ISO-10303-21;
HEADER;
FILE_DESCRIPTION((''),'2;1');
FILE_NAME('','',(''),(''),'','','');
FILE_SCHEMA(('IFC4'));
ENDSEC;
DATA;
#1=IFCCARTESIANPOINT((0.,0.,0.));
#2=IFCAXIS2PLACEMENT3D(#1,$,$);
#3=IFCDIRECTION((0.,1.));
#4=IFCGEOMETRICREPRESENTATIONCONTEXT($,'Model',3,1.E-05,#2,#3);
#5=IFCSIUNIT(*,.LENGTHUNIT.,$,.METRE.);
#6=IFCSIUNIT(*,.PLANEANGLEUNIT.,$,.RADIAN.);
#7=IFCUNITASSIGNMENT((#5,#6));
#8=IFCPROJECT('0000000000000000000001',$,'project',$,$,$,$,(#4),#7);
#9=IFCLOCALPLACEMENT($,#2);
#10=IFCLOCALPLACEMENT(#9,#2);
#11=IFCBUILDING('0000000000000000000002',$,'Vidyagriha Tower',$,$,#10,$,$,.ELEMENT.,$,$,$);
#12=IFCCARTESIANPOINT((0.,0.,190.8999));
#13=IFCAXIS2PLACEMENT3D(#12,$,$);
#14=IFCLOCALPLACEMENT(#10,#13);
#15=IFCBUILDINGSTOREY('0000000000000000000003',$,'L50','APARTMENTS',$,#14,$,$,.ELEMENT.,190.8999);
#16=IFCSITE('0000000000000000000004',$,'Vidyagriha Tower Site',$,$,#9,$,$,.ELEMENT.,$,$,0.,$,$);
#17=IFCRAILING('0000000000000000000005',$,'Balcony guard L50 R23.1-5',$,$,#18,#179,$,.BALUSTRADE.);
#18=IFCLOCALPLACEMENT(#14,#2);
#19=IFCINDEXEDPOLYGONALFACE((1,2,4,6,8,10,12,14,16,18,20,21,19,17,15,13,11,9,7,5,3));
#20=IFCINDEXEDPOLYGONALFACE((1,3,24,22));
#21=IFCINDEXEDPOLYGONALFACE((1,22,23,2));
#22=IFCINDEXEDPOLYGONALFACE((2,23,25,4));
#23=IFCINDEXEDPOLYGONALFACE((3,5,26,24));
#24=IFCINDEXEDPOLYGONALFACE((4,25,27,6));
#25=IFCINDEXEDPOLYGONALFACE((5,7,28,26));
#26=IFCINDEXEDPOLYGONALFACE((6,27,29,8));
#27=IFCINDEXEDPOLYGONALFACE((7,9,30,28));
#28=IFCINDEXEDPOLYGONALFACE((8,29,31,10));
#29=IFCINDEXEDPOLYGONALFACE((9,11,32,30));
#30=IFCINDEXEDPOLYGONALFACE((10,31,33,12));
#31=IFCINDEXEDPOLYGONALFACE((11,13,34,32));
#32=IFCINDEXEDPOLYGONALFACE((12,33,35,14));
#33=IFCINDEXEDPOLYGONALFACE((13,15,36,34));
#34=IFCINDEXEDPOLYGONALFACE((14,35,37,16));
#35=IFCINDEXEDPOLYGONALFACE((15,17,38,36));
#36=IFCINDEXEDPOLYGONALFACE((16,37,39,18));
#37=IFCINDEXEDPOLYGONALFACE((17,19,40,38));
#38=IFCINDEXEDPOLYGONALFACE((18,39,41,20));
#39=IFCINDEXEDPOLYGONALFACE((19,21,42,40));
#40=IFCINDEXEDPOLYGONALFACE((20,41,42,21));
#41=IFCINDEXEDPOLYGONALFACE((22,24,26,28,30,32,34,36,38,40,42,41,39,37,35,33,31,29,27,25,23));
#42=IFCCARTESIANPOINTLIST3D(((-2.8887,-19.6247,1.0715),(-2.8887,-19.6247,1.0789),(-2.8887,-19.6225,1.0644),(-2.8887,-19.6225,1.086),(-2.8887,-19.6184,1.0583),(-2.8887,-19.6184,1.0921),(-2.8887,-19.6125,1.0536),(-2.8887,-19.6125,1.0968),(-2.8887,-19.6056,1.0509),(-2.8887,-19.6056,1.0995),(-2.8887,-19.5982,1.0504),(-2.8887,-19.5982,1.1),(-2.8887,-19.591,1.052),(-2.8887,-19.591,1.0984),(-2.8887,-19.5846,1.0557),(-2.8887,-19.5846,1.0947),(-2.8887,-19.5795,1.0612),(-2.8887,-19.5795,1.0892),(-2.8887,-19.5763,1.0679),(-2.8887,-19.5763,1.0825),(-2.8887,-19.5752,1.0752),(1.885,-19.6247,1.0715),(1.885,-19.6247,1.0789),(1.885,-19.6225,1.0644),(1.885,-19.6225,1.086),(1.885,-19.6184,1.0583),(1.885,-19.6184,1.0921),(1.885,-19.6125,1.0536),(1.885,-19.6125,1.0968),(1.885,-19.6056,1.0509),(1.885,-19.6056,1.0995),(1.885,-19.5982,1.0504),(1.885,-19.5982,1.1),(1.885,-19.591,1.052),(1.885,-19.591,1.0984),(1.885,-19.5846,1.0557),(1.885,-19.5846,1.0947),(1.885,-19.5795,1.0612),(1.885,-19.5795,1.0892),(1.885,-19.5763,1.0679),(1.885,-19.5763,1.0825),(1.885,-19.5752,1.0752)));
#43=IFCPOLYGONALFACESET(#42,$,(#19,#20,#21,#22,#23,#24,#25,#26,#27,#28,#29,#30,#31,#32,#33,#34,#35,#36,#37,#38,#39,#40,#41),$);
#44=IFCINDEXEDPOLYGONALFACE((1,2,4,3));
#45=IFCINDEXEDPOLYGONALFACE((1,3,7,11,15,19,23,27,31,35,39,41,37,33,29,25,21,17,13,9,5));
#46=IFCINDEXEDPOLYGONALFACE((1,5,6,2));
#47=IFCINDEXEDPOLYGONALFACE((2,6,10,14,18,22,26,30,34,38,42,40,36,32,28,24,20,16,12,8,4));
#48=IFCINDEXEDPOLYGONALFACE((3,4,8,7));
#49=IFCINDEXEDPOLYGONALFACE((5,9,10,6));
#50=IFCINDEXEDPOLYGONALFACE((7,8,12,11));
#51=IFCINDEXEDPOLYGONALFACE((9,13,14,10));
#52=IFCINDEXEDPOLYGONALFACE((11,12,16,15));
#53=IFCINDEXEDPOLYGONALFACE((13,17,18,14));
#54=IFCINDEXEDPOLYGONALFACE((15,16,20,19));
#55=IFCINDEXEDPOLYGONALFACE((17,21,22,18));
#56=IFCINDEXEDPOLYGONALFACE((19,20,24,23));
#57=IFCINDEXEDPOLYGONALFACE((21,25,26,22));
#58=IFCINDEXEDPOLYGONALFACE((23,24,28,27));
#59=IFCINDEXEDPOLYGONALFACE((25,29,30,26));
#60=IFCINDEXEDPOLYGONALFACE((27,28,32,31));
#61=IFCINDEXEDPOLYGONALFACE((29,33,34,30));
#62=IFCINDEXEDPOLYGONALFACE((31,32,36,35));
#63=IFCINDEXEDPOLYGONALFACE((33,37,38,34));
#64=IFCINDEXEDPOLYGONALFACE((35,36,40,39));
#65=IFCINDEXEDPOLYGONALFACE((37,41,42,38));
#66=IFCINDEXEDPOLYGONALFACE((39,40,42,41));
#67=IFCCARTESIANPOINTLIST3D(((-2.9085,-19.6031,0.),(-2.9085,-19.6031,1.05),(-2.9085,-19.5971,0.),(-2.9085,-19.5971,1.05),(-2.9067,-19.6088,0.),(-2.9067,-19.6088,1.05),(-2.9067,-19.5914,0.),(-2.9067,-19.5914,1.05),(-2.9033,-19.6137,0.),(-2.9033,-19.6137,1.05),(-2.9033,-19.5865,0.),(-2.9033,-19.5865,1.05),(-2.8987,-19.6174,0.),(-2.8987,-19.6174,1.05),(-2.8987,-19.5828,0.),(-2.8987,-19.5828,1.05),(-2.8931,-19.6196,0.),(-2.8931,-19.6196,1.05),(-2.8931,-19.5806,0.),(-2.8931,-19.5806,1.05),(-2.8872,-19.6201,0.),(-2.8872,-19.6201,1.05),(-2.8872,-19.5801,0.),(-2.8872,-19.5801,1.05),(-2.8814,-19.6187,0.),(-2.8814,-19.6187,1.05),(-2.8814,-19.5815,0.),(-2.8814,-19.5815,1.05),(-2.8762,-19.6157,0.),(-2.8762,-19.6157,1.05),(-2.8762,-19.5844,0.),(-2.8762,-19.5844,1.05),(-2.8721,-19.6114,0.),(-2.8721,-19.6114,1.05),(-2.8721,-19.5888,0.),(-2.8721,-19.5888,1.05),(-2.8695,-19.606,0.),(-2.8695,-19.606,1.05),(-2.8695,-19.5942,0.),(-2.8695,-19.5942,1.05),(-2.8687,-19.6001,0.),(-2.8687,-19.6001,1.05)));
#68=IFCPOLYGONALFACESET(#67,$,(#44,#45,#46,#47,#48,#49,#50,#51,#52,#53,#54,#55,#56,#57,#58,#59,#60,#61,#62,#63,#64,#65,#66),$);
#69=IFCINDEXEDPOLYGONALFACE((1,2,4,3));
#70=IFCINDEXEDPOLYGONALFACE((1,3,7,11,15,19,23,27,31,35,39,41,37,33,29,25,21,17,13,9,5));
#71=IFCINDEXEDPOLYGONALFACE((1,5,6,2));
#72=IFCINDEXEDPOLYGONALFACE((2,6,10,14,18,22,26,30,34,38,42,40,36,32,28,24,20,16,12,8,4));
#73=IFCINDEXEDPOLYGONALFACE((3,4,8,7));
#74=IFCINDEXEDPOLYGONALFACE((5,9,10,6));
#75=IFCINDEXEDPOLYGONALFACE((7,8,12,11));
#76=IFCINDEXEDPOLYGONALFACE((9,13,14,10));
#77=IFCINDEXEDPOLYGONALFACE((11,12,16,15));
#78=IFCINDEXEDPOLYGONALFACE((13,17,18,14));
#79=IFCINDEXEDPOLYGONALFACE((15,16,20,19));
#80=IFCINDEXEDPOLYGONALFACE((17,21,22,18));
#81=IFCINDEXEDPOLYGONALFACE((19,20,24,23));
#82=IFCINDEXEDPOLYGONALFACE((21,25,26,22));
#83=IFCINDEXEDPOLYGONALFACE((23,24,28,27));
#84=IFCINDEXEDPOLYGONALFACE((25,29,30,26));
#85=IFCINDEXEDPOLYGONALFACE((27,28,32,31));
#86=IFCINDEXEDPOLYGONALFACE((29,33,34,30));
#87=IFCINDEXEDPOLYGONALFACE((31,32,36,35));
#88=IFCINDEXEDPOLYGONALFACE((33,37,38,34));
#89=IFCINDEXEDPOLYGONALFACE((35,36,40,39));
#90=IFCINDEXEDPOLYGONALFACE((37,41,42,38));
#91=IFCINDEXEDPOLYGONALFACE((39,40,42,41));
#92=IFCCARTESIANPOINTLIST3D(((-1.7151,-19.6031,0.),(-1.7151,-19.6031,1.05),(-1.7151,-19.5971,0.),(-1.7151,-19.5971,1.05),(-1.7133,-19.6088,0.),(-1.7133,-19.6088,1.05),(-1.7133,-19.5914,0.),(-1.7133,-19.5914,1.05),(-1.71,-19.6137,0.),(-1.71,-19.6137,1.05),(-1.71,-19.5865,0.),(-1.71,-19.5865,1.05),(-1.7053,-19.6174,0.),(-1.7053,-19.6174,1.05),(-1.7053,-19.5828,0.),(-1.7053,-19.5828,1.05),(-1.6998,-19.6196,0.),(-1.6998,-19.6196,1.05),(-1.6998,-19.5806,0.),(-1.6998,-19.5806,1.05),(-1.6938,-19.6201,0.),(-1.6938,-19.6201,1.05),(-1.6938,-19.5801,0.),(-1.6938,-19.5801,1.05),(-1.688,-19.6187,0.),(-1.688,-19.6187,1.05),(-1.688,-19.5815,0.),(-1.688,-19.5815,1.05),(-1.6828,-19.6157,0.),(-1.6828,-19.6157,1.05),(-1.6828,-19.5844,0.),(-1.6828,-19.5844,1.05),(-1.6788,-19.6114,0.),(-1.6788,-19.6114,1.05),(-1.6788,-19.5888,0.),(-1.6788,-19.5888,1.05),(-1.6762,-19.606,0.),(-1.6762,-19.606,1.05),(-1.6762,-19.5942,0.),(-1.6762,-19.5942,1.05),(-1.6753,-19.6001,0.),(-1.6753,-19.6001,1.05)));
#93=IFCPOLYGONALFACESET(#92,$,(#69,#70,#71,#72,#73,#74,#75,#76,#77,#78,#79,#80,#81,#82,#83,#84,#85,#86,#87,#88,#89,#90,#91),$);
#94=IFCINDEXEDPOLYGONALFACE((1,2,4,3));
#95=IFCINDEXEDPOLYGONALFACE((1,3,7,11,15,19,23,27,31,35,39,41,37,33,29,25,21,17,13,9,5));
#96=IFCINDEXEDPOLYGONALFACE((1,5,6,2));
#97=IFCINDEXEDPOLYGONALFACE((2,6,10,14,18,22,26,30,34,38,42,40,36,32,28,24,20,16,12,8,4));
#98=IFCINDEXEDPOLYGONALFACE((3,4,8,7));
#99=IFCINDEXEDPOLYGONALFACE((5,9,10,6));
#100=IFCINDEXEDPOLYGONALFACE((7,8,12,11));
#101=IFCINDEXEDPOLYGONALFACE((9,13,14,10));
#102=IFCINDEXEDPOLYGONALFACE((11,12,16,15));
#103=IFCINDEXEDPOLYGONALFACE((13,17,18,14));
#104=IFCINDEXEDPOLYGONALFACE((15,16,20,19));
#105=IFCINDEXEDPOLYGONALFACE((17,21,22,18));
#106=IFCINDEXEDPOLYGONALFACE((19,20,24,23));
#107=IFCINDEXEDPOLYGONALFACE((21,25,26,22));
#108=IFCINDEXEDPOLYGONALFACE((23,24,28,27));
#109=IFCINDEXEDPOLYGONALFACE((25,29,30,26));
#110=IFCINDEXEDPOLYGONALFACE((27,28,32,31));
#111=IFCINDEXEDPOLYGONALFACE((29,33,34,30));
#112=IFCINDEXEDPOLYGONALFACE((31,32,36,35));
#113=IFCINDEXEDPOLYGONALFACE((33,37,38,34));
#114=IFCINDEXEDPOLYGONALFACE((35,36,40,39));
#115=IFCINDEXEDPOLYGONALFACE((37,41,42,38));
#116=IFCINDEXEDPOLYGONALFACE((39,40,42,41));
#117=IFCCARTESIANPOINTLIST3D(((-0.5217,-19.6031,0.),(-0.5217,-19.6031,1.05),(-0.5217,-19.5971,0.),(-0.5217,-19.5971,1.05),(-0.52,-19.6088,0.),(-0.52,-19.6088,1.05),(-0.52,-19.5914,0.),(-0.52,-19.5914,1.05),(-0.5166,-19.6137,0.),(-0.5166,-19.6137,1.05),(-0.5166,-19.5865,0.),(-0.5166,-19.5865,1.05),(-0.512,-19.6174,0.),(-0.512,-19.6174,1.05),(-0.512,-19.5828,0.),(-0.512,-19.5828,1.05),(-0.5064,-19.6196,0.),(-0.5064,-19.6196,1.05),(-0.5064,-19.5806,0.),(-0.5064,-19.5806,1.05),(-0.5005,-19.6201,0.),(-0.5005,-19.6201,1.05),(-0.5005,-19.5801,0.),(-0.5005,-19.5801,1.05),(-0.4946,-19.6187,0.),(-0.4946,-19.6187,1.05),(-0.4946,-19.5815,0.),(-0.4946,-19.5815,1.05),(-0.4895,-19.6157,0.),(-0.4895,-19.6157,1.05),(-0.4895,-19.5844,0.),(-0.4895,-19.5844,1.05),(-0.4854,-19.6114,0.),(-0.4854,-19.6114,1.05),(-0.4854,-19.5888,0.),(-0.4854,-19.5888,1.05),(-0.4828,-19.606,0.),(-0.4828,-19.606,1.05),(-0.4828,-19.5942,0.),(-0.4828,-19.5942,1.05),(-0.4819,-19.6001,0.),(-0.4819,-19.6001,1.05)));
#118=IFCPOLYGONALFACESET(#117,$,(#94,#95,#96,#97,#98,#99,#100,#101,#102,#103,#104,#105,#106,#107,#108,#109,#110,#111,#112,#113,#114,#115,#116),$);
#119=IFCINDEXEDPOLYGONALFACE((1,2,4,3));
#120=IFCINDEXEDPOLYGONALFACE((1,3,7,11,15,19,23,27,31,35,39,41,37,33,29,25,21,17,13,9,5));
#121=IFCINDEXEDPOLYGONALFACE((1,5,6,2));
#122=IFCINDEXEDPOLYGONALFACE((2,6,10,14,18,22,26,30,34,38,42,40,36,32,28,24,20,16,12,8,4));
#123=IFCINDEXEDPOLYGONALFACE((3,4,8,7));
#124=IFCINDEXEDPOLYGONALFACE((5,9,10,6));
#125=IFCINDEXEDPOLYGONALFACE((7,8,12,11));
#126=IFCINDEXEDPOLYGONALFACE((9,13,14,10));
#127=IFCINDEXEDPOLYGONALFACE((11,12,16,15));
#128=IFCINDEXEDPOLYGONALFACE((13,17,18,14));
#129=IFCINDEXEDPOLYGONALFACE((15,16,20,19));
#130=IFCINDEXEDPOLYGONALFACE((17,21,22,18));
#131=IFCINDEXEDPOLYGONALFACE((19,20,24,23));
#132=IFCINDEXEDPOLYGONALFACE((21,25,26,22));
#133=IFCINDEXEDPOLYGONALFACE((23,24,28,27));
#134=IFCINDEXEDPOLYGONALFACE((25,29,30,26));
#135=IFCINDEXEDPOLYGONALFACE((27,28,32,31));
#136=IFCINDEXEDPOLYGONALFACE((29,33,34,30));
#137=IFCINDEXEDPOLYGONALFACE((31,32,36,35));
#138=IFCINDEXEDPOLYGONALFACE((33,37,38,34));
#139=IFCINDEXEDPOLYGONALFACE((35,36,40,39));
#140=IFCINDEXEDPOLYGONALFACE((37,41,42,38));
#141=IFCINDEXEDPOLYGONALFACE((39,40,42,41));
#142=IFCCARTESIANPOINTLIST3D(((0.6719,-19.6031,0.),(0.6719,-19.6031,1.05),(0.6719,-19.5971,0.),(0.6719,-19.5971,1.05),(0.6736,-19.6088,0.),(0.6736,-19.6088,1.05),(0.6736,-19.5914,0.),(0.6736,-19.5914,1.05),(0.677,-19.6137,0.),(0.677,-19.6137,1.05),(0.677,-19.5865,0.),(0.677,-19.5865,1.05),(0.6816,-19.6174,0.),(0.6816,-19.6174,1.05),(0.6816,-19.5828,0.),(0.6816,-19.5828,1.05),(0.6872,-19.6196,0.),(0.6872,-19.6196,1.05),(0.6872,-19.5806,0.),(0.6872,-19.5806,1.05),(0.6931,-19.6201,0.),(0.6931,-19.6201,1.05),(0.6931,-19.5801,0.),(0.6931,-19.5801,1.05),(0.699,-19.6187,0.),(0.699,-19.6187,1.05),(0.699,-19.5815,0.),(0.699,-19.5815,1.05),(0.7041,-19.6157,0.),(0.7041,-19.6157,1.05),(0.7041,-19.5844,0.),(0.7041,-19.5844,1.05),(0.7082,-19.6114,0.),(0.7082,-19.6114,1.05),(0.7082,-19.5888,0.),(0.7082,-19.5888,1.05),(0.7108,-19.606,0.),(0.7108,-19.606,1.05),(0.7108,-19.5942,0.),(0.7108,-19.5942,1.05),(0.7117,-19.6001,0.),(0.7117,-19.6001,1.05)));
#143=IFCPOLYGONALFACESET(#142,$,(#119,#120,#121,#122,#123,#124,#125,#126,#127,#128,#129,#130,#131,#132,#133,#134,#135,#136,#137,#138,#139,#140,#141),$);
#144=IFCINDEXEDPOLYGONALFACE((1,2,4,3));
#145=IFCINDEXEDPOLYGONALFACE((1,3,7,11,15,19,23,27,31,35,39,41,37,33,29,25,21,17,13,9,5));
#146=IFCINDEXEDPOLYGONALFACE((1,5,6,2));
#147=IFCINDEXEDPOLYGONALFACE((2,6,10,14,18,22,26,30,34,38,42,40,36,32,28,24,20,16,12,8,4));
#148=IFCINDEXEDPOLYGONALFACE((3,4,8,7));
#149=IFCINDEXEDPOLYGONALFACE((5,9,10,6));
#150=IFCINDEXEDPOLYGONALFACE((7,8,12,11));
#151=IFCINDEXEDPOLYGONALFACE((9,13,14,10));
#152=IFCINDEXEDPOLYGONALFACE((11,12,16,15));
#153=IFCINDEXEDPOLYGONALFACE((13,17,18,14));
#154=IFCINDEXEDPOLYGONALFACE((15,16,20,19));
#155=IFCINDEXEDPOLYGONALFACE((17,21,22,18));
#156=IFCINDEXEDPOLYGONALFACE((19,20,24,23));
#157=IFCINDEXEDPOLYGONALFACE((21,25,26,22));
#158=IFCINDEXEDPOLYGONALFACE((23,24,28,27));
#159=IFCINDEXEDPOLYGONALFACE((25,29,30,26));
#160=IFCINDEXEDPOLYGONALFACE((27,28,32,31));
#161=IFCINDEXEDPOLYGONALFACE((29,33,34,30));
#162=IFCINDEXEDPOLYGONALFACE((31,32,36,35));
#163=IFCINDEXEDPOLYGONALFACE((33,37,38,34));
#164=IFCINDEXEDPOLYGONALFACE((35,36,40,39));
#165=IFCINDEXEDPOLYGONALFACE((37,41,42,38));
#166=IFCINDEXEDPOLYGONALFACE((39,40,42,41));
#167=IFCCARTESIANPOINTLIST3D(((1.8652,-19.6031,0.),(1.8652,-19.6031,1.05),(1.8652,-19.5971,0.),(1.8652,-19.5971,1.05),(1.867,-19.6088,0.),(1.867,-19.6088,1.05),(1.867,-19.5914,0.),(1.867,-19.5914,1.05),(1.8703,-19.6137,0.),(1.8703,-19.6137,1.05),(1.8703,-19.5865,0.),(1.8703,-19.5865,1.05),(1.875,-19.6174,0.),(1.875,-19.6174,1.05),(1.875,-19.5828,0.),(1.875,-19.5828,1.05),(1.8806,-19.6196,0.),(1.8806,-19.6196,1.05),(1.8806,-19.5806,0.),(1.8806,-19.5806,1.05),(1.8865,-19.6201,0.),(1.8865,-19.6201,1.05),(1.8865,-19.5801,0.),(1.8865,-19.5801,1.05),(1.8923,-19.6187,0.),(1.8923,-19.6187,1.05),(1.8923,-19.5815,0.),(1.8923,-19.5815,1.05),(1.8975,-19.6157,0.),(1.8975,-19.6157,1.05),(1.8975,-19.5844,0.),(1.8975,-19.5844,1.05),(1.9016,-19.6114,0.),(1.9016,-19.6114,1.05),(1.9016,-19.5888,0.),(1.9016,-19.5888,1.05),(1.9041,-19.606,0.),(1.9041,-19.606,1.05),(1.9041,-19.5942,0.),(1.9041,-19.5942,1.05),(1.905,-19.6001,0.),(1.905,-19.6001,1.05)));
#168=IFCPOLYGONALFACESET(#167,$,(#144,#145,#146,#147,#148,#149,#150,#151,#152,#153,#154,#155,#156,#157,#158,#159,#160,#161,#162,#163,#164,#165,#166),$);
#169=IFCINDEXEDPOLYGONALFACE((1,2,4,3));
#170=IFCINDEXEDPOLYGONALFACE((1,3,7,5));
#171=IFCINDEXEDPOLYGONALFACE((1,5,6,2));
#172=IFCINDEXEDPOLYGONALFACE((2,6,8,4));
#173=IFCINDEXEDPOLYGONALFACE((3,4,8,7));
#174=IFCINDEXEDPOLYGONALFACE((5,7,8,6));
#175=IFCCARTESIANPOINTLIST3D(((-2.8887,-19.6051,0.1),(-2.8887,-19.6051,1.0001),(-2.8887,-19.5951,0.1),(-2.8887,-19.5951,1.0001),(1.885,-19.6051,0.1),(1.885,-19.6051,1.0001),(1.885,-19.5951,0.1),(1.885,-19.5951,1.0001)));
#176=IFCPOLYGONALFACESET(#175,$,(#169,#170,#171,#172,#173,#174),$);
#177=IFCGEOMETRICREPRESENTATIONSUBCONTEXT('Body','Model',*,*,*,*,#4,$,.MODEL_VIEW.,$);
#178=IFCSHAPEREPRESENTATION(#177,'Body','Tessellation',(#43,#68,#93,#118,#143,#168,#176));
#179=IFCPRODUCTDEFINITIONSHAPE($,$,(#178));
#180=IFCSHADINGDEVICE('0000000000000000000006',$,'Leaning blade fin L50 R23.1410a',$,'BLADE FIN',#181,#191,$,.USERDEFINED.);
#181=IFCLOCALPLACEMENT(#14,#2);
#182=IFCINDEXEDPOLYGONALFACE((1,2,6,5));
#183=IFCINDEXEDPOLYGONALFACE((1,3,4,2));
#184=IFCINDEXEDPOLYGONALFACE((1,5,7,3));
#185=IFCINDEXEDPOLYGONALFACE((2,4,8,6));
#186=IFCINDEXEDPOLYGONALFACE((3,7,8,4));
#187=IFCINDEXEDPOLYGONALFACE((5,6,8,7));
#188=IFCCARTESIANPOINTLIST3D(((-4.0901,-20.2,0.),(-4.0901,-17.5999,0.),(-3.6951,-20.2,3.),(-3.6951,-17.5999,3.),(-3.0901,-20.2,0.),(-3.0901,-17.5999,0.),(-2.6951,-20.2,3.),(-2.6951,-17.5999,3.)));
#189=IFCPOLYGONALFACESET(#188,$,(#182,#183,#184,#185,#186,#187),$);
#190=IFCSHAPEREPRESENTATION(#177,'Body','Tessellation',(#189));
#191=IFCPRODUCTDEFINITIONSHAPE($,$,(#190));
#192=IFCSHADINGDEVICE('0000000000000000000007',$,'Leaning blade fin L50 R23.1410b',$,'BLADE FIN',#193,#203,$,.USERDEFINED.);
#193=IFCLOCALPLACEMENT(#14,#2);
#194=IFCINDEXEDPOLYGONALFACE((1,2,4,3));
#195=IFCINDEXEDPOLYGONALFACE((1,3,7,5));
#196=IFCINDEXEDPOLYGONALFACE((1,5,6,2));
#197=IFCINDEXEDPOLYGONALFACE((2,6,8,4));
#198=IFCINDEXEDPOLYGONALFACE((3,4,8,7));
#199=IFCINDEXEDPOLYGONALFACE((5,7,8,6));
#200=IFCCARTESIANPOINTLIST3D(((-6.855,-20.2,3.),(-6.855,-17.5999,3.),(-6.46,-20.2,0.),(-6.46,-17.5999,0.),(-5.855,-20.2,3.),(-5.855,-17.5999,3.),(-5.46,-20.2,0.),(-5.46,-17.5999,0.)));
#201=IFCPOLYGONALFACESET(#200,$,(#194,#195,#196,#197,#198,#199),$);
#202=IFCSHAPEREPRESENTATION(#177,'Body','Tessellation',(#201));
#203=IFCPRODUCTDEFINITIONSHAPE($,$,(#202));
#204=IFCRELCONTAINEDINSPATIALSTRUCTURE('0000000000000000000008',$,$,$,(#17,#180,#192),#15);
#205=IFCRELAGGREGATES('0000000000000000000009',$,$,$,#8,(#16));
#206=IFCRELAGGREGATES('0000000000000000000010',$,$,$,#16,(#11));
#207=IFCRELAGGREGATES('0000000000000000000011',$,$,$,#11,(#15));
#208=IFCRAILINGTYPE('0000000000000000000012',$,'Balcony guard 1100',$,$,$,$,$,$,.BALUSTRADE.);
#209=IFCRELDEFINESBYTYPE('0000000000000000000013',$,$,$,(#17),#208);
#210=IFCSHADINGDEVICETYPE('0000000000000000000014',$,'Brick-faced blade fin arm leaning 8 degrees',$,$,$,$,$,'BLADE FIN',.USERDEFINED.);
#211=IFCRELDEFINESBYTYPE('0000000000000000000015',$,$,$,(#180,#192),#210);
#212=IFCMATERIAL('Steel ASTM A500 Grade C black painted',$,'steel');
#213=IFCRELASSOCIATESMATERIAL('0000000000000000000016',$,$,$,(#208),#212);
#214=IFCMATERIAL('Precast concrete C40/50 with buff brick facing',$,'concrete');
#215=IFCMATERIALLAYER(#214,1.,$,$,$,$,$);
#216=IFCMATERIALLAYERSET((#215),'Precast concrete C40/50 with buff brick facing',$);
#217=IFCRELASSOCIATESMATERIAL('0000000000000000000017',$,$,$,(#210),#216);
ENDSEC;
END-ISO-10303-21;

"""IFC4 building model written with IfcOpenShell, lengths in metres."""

from ifc_helpers import new_model, si_unit, direction, frame, origin, origin_2d, place, context, subcontext, project, spatial, polyline, rectangle, circle, outline, extrude, material, layer, layer_set, type_object, element, save


model = new_model("IFC4")

# Units and contexts
model_context = context("Model", 3, precision=1e-05, world=origin(), true_north=direction((0.0, 1.0)))
body_context = subcontext(model_context, "Body", "Model", "MODEL_VIEW")
ifc_project = project(units=[si_unit("LENGTHUNIT", "METRE"), si_unit("PLANEANGLEUNIT", "RADIAN")], contexts=[model_context])

# Site, building, storey
site_placement = place(None, origin())
site = spatial("IfcSite", under=ifc_project, at=site_placement, Name="Vidyagriha Tower Site", CompositionType="ELEMENT", RefElevation=0.0)
building_placement = place(site_placement, origin())
building = spatial("IfcBuilding", under=site, at=building_placement, Name="Vidyagriha Tower", CompositionType="ELEMENT")
storey_placement = place(building_placement, frame((0.0, 0.0, 190.8999)))
storey = spatial("IfcBuildingStorey", under=building, at=storey_placement, Name="L50", Description="APARTMENTS", CompositionType="ELEMENT", Elevation=190.8999)

# Railing
ifc_material_1 = material(Name="Steel ASTM A500 Grade C black painted", Category="steel")
railing_type = type_object("IfcRailingType", Name="Balcony guard 1100", PredefinedType="BALUSTRADE", material=ifc_material_1)
railing_1_placement = place(storey_placement, frame((-2.8887, -19.6001, 0.0)))
element("IfcRailing", 1, at=railing_1_placement, inside=storey, type_object=railing_type, Name="Balcony guard L50 R23.1-5", PredefinedType="BALUSTRADE", context=body_context, shape_type="SweptSolid", body=[
    extrude(circle(Radius=0.0249, at=origin_2d()), frame((0.0, 0.0, 1.0752), z_axis=(1.0, 0.0, 0.0), x_axis=(0.0, 1.0, 0.0)), (0.0, 0.0, 1.0), 4.7737),
    extrude(circle(Radius=0.02, at=origin_2d()), origin(), (0.0, 0.0, 1.0), 1.05),
    extrude(circle(Radius=0.02, at=origin_2d()), frame((1.1934, 0.0, 0.0)), (0.0, 0.0, 1.0), 1.05),
    extrude(circle(Radius=0.02, at=origin_2d()), frame((2.3867, 0.0, 0.0)), (0.0, 0.0, 1.0), 1.05),
    extrude(circle(Radius=0.02, at=origin_2d()), frame((3.5803, 0.0, 0.0)), (0.0, 0.0, 1.0), 1.05),
    extrude(circle(Radius=0.02, at=origin_2d()), frame((4.7737, 0.0, 0.0)), (0.0, 0.0, 1.0), 1.05),
    extrude(rectangle(XDim=0.01, YDim=0.9001, at=origin_2d()), frame((0.0, 0.0, 0.55), z_axis=(1.0, 0.0, 0.0), x_axis=(0.0, 1.0, 0.0)), (0.0, 0.0, 1.0), 4.7737),
])

# Shading devices
ifc_material_2 = material(Name="Precast concrete C40/50 with buff brick facing", Category="concrete")
ifc_layer_1 = layer(ifc_material_2, 1.0)
ifc_layer_set_1 = layer_set([ifc_layer_1], Name="Precast concrete C40/50 with buff brick facing")
shading_device_type_1 = type_object("IfcShadingDeviceType", Name="Brick-faced blade fin arm leaning 8 degrees", ElementType="BLADE FIN", PredefinedType="USERDEFINED", material=ifc_layer_set_1)
shading_device_1_placement = place(storey_placement, frame((-4.0901, -18.8999, 0.0)))
element("IfcShadingDevice", 2, at=shading_device_1_placement, inside=storey, type_object=shading_device_type_1, Name="Leaning blade fin L50 R23.1410a", ObjectType="BLADE FIN", PredefinedType="USERDEFINED", context=body_context, shape_type="SweptSolid", body=[
    extrude(outline(polyline([(0.0, 0.0), (1.0, 0.0), (1.395, 3.0), (0.395, 3.0), (0.0, 0.0)])), frame((0.0, 1.3, 0.0), z_axis=(0.0, -1.0, 0.0), x_axis=(1.0, 0.0, 0.0)), (0.0, 0.0, 1.0), 2.6001),
])
shading_device_2_placement = place(storey_placement, frame((-6.855, -18.8999, 0.0)))
element("IfcShadingDevice", 3, at=shading_device_2_placement, inside=storey, type_object=shading_device_type_1, Name="Leaning blade fin L50 R23.1410b", ObjectType="BLADE FIN", PredefinedType="USERDEFINED", context=body_context, shape_type="SweptSolid", body=[
    extrude(outline(polyline([(0.395, 0.0), (1.395, 0.0), (1.0, 3.0), (0.0, 3.0), (0.395, 0.0)])), frame((0.0, 1.3, 0.0), z_axis=(0.0, -1.0, 0.0), x_axis=(1.0, 0.0, 0.0)), (0.0, 0.0, 1.0), 2.6001),
])

save(model, "model.ifc")
